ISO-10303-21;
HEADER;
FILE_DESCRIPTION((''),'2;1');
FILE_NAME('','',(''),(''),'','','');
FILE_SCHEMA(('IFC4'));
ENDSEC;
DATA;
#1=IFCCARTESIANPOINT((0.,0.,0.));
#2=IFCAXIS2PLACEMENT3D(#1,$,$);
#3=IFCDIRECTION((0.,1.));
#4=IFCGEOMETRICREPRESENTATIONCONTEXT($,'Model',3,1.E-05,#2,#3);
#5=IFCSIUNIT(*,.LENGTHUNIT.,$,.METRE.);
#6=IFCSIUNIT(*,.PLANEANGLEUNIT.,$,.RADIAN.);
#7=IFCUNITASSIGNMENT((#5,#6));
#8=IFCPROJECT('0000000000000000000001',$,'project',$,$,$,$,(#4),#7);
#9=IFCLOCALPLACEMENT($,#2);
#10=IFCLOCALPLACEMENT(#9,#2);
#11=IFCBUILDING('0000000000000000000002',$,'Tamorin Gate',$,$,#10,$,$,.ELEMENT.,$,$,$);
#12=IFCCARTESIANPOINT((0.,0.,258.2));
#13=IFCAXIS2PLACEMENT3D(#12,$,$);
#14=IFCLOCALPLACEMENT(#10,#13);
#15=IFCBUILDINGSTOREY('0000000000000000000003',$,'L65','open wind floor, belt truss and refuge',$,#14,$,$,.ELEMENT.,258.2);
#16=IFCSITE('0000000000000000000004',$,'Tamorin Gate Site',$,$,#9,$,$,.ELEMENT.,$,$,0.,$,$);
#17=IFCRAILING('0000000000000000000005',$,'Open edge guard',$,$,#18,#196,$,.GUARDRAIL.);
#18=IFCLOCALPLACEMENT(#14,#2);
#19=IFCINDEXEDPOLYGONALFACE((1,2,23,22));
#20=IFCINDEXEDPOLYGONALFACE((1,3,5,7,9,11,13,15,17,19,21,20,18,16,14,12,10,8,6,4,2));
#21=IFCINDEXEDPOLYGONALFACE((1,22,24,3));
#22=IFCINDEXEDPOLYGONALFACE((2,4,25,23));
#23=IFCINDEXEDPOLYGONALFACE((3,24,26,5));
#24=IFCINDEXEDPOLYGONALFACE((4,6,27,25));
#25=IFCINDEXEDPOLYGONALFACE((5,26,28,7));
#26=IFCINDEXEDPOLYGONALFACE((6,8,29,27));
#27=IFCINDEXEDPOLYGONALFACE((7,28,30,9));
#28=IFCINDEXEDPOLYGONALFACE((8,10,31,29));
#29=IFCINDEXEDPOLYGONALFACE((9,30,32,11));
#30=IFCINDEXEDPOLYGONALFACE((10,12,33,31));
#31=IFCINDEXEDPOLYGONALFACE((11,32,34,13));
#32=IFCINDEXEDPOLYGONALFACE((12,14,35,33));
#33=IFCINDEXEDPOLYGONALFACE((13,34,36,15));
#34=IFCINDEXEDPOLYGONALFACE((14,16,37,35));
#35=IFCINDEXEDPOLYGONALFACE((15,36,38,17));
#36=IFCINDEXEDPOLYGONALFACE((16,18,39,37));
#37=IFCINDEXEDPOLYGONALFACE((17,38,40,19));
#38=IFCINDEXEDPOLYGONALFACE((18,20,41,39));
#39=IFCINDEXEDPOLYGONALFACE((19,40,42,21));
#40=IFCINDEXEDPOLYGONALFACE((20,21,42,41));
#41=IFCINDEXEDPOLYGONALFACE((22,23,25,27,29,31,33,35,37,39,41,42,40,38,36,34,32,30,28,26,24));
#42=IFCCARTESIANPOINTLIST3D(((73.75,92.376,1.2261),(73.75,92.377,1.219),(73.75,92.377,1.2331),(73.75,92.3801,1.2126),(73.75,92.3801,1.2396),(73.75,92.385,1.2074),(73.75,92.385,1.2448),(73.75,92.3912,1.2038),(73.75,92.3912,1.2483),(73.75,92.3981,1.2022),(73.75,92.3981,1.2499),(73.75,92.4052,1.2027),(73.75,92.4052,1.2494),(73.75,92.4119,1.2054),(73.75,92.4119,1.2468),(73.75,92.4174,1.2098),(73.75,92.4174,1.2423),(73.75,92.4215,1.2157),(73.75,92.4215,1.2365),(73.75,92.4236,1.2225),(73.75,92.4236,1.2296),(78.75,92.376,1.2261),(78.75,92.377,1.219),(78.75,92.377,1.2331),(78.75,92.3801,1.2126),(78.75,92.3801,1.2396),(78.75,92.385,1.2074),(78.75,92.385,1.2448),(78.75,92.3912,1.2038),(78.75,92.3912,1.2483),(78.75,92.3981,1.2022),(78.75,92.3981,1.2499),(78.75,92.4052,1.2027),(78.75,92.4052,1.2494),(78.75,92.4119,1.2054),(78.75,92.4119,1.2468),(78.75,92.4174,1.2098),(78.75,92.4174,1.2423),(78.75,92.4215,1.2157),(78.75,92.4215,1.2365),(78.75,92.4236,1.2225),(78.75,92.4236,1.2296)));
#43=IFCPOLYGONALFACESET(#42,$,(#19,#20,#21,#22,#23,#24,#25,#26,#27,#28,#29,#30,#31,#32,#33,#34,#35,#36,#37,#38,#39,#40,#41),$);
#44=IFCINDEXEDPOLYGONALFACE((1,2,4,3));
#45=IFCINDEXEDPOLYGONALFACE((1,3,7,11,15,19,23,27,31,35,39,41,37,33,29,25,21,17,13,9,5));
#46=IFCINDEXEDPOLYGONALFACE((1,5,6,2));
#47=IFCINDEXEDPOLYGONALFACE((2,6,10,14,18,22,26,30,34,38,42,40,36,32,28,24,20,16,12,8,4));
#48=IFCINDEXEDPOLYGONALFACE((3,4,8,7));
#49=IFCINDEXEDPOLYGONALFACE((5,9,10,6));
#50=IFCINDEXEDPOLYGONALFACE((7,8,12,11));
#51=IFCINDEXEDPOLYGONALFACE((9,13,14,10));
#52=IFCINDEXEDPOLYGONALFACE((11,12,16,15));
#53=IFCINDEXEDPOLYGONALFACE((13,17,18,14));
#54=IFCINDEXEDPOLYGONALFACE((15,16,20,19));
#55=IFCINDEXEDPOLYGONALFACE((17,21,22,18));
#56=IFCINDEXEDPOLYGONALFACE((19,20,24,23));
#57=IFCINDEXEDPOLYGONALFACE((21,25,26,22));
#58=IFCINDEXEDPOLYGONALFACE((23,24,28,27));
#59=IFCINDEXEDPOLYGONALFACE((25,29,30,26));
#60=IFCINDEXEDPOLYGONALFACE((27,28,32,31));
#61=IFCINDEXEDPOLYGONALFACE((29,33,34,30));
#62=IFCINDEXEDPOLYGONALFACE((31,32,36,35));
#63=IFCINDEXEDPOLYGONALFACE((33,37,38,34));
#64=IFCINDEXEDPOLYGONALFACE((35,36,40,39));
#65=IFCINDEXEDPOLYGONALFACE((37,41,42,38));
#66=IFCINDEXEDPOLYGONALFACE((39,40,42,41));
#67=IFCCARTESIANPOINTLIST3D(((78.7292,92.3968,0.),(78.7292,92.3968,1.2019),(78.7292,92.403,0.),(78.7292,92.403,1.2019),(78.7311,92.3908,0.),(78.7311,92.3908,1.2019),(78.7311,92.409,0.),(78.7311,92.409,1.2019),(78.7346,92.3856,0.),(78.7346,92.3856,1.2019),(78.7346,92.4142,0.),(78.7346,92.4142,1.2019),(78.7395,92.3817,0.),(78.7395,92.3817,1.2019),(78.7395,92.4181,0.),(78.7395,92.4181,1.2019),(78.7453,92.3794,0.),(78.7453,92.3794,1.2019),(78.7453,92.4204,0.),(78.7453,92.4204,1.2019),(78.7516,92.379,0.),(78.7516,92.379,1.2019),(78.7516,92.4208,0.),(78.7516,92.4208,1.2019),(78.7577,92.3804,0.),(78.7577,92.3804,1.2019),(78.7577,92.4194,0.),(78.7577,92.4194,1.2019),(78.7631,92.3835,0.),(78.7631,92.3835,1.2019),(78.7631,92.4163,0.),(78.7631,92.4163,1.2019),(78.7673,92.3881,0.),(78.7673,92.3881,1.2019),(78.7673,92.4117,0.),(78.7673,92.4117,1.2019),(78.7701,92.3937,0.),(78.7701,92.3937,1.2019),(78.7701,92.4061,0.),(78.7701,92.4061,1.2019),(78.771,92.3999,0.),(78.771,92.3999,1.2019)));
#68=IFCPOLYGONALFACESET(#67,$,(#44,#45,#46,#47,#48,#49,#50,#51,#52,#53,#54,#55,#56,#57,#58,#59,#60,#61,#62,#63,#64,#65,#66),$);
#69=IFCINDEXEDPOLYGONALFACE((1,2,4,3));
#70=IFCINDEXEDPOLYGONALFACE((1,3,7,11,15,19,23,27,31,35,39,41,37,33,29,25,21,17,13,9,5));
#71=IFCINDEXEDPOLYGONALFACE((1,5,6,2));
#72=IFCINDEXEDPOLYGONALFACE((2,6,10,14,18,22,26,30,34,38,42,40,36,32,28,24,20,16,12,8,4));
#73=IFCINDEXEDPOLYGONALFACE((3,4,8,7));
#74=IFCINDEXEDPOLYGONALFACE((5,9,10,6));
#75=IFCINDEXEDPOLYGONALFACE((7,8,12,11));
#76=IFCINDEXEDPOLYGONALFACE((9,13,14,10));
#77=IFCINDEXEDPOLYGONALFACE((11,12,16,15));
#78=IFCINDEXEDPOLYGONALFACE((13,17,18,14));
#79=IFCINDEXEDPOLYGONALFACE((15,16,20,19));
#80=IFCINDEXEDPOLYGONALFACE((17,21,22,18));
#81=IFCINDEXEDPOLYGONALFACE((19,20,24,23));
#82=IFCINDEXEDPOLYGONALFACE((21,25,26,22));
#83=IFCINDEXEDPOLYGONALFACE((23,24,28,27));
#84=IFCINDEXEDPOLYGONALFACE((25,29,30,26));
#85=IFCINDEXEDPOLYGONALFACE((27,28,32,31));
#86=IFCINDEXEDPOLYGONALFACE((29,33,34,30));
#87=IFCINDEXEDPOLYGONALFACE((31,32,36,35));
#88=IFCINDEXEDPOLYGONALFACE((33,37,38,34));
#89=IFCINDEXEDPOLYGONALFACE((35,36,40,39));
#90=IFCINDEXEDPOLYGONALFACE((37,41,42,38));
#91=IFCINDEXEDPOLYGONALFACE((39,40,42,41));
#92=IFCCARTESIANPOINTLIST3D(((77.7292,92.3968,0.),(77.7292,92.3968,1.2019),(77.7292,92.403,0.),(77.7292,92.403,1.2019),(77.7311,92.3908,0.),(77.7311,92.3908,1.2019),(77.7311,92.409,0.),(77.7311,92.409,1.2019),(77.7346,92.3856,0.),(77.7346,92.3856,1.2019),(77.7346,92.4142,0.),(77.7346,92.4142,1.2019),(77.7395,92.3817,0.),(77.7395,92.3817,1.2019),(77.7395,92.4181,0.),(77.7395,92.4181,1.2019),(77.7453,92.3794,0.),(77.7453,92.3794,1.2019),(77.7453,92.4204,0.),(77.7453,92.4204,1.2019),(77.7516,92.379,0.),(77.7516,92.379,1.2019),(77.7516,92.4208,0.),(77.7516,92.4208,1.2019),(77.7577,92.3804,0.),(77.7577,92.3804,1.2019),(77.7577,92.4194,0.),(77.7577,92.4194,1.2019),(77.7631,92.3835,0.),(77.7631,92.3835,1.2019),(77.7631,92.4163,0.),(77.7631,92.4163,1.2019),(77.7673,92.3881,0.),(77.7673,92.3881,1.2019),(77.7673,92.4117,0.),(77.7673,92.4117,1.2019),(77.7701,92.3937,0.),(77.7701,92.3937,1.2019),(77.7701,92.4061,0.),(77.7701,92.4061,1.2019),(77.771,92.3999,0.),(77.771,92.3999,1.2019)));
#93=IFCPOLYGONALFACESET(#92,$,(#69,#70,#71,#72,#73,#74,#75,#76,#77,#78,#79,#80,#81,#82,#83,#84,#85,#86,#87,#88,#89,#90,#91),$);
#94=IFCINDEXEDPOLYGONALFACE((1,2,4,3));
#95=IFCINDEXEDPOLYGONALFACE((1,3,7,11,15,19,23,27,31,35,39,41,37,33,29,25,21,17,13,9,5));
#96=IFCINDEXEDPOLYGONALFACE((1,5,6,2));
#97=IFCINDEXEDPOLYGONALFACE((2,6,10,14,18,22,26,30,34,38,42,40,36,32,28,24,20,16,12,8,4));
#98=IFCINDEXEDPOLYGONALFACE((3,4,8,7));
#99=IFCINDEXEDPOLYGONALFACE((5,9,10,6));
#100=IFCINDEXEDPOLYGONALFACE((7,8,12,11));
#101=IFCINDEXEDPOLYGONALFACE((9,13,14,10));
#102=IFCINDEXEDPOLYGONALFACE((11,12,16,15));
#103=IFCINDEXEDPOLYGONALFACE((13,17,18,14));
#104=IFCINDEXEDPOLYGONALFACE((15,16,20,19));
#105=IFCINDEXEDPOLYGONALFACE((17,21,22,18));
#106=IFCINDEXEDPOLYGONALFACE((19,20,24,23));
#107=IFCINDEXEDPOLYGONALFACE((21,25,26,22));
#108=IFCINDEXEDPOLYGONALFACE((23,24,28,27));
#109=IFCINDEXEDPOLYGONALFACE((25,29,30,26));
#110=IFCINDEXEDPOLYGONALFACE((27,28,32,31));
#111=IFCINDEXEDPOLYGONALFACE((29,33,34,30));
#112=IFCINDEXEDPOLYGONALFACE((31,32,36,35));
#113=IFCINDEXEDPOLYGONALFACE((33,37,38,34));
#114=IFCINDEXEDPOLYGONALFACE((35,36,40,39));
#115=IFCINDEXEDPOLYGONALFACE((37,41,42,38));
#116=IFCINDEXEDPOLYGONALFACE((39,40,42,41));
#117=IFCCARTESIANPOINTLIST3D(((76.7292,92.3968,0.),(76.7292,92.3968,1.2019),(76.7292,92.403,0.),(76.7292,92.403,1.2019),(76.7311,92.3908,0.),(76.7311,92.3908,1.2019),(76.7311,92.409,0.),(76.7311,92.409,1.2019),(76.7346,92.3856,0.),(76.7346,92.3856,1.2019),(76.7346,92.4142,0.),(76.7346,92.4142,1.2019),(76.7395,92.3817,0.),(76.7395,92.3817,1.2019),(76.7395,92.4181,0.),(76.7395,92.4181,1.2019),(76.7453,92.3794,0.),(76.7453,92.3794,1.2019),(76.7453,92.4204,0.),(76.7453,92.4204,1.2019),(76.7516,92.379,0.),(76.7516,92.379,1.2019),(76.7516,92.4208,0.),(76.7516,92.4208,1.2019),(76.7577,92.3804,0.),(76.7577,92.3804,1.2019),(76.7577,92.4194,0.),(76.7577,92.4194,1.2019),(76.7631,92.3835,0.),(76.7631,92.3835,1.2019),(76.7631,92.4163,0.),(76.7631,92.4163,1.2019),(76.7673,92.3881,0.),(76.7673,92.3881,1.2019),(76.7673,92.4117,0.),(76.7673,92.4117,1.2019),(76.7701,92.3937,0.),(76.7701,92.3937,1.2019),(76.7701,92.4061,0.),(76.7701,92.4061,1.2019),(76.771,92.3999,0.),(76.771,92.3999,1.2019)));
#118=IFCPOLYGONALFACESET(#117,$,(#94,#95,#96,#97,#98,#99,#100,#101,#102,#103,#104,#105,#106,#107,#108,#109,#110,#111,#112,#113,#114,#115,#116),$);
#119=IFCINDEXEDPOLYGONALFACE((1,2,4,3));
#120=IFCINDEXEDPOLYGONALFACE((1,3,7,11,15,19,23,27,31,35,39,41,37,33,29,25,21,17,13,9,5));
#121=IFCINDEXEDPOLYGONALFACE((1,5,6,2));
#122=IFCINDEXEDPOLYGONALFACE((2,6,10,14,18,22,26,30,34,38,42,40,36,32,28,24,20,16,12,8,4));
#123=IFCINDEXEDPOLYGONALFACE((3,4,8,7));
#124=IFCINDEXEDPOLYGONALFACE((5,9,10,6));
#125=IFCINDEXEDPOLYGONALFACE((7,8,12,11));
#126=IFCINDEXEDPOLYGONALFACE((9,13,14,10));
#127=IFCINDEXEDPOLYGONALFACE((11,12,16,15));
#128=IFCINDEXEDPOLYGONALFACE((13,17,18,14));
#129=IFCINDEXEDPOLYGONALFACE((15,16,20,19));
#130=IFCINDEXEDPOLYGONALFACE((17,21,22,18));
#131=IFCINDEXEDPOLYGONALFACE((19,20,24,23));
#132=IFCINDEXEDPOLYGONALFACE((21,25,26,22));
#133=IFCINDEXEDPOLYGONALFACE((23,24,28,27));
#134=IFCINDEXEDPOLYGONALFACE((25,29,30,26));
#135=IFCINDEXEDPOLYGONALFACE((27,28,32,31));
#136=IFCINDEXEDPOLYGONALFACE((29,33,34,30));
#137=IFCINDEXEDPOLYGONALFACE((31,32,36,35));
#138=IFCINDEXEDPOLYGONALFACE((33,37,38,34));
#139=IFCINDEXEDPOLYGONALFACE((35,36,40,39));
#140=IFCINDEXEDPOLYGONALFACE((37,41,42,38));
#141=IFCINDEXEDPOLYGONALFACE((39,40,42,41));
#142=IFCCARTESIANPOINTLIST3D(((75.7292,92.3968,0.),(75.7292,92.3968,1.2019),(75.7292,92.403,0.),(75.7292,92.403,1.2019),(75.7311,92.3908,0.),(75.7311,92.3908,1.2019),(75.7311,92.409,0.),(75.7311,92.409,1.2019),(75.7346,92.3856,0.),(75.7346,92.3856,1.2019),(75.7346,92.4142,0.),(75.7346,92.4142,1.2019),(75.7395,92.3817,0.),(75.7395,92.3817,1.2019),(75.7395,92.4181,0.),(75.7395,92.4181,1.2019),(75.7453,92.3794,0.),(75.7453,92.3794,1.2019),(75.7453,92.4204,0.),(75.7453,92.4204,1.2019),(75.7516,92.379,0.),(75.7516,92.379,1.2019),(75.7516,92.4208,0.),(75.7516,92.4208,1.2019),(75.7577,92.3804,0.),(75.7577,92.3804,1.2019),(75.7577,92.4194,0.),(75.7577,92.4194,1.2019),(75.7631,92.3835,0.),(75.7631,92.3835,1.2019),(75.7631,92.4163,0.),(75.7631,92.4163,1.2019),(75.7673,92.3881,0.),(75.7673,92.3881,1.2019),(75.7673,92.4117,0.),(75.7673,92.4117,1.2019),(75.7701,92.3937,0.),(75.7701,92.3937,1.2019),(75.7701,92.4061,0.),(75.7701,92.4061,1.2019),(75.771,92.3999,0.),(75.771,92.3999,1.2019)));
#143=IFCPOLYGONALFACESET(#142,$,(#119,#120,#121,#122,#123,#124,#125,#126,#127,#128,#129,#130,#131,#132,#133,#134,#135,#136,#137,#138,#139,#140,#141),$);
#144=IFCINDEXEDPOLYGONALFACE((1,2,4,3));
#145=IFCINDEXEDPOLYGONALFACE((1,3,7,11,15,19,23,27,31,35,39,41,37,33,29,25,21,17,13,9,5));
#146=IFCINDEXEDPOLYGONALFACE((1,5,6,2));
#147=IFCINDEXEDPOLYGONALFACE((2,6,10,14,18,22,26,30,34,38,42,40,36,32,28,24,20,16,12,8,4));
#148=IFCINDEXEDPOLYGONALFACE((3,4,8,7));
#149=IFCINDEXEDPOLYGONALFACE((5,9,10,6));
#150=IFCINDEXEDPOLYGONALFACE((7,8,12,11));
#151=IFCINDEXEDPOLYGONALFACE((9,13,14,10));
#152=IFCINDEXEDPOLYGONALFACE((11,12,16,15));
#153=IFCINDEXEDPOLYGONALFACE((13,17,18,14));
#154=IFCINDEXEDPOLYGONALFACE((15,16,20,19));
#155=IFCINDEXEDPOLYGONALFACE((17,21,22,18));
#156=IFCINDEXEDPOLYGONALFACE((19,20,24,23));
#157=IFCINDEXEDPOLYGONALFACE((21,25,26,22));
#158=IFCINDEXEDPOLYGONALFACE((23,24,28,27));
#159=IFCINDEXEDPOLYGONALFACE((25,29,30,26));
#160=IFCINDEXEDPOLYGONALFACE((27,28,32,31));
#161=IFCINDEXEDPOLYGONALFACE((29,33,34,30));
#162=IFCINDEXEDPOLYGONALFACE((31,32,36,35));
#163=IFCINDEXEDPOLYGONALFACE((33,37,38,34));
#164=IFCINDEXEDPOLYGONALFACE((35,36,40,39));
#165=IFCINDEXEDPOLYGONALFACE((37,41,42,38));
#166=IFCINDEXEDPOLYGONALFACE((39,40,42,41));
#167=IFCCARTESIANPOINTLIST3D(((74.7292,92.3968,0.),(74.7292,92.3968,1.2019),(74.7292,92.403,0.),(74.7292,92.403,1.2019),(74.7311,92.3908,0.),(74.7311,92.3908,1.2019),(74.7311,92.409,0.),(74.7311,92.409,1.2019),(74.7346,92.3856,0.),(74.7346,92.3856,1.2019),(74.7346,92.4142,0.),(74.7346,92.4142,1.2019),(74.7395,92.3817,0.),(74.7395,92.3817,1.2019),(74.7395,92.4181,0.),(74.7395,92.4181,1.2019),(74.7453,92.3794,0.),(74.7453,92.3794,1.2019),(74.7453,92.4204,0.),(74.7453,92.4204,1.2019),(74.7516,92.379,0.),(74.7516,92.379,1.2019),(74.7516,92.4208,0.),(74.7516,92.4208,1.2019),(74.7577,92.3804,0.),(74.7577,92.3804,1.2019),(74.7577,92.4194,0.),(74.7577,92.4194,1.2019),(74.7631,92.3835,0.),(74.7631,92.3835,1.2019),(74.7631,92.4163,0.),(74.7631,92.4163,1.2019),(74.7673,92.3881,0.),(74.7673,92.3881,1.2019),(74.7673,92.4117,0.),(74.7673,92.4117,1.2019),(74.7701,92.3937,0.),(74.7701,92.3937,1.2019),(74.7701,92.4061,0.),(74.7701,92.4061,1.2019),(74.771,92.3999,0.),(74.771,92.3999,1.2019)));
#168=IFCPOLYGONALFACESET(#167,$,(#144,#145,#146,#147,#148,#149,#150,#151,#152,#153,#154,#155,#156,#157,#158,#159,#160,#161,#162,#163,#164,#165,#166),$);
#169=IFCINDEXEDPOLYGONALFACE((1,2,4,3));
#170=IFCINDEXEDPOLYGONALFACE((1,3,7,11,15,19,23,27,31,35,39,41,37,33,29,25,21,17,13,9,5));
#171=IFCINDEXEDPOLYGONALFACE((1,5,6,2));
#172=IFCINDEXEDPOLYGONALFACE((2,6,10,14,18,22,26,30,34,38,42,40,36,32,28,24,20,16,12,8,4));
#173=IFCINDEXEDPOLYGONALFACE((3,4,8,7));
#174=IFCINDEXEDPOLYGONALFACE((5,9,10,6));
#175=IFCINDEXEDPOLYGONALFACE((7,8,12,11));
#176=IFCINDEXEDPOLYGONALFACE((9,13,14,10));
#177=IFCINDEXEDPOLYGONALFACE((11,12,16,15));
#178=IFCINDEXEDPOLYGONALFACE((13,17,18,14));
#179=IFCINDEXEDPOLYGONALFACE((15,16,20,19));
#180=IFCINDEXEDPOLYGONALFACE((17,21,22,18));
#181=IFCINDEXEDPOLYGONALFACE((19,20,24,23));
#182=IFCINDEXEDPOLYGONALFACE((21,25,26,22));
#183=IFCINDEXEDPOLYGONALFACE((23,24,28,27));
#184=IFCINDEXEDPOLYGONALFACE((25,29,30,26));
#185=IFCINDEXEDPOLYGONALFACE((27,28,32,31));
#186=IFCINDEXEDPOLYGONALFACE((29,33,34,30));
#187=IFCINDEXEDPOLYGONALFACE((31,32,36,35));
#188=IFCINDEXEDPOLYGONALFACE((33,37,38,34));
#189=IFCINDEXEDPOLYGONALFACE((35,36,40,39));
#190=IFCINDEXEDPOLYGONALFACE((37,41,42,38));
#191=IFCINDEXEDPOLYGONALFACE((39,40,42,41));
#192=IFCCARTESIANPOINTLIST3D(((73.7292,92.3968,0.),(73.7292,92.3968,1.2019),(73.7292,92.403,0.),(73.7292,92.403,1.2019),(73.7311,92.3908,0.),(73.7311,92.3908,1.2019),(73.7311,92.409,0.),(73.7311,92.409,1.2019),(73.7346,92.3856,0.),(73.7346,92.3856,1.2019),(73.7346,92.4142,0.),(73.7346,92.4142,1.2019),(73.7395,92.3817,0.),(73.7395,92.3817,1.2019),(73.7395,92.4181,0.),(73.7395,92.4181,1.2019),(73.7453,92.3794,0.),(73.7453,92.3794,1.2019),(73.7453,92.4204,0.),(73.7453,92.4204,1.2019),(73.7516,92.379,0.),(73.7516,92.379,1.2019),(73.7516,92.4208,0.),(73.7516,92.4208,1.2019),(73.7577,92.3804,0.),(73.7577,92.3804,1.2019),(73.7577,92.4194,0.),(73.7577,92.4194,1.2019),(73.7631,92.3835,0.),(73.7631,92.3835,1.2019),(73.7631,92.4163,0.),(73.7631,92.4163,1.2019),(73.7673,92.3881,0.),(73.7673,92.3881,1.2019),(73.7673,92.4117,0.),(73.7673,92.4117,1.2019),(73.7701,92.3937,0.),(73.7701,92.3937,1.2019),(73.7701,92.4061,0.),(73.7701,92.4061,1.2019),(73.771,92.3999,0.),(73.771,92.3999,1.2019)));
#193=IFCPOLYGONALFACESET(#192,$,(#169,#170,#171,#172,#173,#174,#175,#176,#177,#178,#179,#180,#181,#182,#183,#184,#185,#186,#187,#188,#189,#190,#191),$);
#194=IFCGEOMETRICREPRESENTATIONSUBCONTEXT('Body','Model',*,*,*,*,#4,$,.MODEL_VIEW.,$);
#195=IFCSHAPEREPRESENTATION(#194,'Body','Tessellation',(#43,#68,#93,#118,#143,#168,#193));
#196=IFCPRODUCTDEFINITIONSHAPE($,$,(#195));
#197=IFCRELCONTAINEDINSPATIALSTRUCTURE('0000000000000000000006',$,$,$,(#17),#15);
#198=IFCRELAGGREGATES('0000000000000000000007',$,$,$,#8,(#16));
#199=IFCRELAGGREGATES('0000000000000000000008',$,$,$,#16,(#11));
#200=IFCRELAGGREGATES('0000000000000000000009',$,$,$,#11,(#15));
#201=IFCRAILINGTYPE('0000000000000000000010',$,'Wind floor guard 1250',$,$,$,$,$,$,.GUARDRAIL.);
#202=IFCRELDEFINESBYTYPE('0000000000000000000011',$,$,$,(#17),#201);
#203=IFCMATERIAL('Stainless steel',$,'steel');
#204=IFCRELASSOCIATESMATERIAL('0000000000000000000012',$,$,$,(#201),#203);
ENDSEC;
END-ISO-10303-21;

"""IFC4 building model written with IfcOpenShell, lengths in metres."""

from ifc_helpers import new_model, si_unit, direction, frame, origin, origin_2d, place, context, subcontext, project, spatial, circle, extrude, material, type_object, element, save


model = new_model("IFC4")

# Units and contexts
model_context = context("Model", 3, precision=1e-05, world=origin(), true_north=direction((0.0, 1.0)))
body_context = subcontext(model_context, "Body", "Model", "MODEL_VIEW")
ifc_project = project(units=[si_unit("LENGTHUNIT", "METRE"), si_unit("PLANEANGLEUNIT", "RADIAN")], contexts=[model_context])

# Site, building, storey
site_placement = place(None, origin())
site = spatial("IfcSite", under=ifc_project, at=site_placement, Name="Tamorin Gate Site", CompositionType="ELEMENT", RefElevation=0.0)
building_placement = place(site_placement, origin())
building = spatial("IfcBuilding", under=site, at=building_placement, Name="Tamorin Gate", CompositionType="ELEMENT")
storey_placement = place(building_placement, frame((0.0, 0.0, 258.2)))
storey = spatial("IfcBuildingStorey", under=building, at=storey_placement, Name="L65", Description="open wind floor, belt truss and refuge", CompositionType="ELEMENT", Elevation=258.2)

# Railing
ifc_material_1 = material(Name="Stainless steel", Category="steel")
railing_type = type_object("IfcRailingType", Name="Wind floor guard 1250", PredefinedType="GUARDRAIL", material=ifc_material_1)
railing_1_placement = place(storey_placement, frame((78.75, 92.3999, 0.0)))
element("IfcRailing", 1, at=railing_1_placement, inside=storey, type_object=railing_type, Name="Open edge guard", PredefinedType="GUARDRAIL", context=body_context, shape_type="SweptSolid", body=[
    extrude(circle(Radius=0.0239, at=origin_2d()), frame((0.0, 0.0, 1.2261), z_axis=(-1.0, 0.0, 0.0), x_axis=(0.0, -1.0, 0.0)), (0.0, 0.0, 1.0), 5.0),
    extrude(circle(Radius=0.021, at=origin_2d()), origin(), (0.0, 0.0, 1.0), 1.2019),
    extrude(circle(Radius=0.021, at=origin_2d()), frame((-1.0, 0.0, 0.0)), (0.0, 0.0, 1.0), 1.2019),
    extrude(circle(Radius=0.021, at=origin_2d()), frame((-2.0, 0.0, 0.0)), (0.0, 0.0, 1.0), 1.2019),
    extrude(circle(Radius=0.021, at=origin_2d()), frame((-3.0, 0.0, 0.0)), (0.0, 0.0, 1.0), 1.2019),
    extrude(circle(Radius=0.021, at=origin_2d()), frame((-4.0, 0.0, 0.0)), (0.0, 0.0, 1.0), 1.2019),
    extrude(circle(Radius=0.021, at=origin_2d()), frame((-5.0, 0.0, 0.0)), (0.0, 0.0, 1.0), 1.2019),
])

save(model, "model.ifc")
